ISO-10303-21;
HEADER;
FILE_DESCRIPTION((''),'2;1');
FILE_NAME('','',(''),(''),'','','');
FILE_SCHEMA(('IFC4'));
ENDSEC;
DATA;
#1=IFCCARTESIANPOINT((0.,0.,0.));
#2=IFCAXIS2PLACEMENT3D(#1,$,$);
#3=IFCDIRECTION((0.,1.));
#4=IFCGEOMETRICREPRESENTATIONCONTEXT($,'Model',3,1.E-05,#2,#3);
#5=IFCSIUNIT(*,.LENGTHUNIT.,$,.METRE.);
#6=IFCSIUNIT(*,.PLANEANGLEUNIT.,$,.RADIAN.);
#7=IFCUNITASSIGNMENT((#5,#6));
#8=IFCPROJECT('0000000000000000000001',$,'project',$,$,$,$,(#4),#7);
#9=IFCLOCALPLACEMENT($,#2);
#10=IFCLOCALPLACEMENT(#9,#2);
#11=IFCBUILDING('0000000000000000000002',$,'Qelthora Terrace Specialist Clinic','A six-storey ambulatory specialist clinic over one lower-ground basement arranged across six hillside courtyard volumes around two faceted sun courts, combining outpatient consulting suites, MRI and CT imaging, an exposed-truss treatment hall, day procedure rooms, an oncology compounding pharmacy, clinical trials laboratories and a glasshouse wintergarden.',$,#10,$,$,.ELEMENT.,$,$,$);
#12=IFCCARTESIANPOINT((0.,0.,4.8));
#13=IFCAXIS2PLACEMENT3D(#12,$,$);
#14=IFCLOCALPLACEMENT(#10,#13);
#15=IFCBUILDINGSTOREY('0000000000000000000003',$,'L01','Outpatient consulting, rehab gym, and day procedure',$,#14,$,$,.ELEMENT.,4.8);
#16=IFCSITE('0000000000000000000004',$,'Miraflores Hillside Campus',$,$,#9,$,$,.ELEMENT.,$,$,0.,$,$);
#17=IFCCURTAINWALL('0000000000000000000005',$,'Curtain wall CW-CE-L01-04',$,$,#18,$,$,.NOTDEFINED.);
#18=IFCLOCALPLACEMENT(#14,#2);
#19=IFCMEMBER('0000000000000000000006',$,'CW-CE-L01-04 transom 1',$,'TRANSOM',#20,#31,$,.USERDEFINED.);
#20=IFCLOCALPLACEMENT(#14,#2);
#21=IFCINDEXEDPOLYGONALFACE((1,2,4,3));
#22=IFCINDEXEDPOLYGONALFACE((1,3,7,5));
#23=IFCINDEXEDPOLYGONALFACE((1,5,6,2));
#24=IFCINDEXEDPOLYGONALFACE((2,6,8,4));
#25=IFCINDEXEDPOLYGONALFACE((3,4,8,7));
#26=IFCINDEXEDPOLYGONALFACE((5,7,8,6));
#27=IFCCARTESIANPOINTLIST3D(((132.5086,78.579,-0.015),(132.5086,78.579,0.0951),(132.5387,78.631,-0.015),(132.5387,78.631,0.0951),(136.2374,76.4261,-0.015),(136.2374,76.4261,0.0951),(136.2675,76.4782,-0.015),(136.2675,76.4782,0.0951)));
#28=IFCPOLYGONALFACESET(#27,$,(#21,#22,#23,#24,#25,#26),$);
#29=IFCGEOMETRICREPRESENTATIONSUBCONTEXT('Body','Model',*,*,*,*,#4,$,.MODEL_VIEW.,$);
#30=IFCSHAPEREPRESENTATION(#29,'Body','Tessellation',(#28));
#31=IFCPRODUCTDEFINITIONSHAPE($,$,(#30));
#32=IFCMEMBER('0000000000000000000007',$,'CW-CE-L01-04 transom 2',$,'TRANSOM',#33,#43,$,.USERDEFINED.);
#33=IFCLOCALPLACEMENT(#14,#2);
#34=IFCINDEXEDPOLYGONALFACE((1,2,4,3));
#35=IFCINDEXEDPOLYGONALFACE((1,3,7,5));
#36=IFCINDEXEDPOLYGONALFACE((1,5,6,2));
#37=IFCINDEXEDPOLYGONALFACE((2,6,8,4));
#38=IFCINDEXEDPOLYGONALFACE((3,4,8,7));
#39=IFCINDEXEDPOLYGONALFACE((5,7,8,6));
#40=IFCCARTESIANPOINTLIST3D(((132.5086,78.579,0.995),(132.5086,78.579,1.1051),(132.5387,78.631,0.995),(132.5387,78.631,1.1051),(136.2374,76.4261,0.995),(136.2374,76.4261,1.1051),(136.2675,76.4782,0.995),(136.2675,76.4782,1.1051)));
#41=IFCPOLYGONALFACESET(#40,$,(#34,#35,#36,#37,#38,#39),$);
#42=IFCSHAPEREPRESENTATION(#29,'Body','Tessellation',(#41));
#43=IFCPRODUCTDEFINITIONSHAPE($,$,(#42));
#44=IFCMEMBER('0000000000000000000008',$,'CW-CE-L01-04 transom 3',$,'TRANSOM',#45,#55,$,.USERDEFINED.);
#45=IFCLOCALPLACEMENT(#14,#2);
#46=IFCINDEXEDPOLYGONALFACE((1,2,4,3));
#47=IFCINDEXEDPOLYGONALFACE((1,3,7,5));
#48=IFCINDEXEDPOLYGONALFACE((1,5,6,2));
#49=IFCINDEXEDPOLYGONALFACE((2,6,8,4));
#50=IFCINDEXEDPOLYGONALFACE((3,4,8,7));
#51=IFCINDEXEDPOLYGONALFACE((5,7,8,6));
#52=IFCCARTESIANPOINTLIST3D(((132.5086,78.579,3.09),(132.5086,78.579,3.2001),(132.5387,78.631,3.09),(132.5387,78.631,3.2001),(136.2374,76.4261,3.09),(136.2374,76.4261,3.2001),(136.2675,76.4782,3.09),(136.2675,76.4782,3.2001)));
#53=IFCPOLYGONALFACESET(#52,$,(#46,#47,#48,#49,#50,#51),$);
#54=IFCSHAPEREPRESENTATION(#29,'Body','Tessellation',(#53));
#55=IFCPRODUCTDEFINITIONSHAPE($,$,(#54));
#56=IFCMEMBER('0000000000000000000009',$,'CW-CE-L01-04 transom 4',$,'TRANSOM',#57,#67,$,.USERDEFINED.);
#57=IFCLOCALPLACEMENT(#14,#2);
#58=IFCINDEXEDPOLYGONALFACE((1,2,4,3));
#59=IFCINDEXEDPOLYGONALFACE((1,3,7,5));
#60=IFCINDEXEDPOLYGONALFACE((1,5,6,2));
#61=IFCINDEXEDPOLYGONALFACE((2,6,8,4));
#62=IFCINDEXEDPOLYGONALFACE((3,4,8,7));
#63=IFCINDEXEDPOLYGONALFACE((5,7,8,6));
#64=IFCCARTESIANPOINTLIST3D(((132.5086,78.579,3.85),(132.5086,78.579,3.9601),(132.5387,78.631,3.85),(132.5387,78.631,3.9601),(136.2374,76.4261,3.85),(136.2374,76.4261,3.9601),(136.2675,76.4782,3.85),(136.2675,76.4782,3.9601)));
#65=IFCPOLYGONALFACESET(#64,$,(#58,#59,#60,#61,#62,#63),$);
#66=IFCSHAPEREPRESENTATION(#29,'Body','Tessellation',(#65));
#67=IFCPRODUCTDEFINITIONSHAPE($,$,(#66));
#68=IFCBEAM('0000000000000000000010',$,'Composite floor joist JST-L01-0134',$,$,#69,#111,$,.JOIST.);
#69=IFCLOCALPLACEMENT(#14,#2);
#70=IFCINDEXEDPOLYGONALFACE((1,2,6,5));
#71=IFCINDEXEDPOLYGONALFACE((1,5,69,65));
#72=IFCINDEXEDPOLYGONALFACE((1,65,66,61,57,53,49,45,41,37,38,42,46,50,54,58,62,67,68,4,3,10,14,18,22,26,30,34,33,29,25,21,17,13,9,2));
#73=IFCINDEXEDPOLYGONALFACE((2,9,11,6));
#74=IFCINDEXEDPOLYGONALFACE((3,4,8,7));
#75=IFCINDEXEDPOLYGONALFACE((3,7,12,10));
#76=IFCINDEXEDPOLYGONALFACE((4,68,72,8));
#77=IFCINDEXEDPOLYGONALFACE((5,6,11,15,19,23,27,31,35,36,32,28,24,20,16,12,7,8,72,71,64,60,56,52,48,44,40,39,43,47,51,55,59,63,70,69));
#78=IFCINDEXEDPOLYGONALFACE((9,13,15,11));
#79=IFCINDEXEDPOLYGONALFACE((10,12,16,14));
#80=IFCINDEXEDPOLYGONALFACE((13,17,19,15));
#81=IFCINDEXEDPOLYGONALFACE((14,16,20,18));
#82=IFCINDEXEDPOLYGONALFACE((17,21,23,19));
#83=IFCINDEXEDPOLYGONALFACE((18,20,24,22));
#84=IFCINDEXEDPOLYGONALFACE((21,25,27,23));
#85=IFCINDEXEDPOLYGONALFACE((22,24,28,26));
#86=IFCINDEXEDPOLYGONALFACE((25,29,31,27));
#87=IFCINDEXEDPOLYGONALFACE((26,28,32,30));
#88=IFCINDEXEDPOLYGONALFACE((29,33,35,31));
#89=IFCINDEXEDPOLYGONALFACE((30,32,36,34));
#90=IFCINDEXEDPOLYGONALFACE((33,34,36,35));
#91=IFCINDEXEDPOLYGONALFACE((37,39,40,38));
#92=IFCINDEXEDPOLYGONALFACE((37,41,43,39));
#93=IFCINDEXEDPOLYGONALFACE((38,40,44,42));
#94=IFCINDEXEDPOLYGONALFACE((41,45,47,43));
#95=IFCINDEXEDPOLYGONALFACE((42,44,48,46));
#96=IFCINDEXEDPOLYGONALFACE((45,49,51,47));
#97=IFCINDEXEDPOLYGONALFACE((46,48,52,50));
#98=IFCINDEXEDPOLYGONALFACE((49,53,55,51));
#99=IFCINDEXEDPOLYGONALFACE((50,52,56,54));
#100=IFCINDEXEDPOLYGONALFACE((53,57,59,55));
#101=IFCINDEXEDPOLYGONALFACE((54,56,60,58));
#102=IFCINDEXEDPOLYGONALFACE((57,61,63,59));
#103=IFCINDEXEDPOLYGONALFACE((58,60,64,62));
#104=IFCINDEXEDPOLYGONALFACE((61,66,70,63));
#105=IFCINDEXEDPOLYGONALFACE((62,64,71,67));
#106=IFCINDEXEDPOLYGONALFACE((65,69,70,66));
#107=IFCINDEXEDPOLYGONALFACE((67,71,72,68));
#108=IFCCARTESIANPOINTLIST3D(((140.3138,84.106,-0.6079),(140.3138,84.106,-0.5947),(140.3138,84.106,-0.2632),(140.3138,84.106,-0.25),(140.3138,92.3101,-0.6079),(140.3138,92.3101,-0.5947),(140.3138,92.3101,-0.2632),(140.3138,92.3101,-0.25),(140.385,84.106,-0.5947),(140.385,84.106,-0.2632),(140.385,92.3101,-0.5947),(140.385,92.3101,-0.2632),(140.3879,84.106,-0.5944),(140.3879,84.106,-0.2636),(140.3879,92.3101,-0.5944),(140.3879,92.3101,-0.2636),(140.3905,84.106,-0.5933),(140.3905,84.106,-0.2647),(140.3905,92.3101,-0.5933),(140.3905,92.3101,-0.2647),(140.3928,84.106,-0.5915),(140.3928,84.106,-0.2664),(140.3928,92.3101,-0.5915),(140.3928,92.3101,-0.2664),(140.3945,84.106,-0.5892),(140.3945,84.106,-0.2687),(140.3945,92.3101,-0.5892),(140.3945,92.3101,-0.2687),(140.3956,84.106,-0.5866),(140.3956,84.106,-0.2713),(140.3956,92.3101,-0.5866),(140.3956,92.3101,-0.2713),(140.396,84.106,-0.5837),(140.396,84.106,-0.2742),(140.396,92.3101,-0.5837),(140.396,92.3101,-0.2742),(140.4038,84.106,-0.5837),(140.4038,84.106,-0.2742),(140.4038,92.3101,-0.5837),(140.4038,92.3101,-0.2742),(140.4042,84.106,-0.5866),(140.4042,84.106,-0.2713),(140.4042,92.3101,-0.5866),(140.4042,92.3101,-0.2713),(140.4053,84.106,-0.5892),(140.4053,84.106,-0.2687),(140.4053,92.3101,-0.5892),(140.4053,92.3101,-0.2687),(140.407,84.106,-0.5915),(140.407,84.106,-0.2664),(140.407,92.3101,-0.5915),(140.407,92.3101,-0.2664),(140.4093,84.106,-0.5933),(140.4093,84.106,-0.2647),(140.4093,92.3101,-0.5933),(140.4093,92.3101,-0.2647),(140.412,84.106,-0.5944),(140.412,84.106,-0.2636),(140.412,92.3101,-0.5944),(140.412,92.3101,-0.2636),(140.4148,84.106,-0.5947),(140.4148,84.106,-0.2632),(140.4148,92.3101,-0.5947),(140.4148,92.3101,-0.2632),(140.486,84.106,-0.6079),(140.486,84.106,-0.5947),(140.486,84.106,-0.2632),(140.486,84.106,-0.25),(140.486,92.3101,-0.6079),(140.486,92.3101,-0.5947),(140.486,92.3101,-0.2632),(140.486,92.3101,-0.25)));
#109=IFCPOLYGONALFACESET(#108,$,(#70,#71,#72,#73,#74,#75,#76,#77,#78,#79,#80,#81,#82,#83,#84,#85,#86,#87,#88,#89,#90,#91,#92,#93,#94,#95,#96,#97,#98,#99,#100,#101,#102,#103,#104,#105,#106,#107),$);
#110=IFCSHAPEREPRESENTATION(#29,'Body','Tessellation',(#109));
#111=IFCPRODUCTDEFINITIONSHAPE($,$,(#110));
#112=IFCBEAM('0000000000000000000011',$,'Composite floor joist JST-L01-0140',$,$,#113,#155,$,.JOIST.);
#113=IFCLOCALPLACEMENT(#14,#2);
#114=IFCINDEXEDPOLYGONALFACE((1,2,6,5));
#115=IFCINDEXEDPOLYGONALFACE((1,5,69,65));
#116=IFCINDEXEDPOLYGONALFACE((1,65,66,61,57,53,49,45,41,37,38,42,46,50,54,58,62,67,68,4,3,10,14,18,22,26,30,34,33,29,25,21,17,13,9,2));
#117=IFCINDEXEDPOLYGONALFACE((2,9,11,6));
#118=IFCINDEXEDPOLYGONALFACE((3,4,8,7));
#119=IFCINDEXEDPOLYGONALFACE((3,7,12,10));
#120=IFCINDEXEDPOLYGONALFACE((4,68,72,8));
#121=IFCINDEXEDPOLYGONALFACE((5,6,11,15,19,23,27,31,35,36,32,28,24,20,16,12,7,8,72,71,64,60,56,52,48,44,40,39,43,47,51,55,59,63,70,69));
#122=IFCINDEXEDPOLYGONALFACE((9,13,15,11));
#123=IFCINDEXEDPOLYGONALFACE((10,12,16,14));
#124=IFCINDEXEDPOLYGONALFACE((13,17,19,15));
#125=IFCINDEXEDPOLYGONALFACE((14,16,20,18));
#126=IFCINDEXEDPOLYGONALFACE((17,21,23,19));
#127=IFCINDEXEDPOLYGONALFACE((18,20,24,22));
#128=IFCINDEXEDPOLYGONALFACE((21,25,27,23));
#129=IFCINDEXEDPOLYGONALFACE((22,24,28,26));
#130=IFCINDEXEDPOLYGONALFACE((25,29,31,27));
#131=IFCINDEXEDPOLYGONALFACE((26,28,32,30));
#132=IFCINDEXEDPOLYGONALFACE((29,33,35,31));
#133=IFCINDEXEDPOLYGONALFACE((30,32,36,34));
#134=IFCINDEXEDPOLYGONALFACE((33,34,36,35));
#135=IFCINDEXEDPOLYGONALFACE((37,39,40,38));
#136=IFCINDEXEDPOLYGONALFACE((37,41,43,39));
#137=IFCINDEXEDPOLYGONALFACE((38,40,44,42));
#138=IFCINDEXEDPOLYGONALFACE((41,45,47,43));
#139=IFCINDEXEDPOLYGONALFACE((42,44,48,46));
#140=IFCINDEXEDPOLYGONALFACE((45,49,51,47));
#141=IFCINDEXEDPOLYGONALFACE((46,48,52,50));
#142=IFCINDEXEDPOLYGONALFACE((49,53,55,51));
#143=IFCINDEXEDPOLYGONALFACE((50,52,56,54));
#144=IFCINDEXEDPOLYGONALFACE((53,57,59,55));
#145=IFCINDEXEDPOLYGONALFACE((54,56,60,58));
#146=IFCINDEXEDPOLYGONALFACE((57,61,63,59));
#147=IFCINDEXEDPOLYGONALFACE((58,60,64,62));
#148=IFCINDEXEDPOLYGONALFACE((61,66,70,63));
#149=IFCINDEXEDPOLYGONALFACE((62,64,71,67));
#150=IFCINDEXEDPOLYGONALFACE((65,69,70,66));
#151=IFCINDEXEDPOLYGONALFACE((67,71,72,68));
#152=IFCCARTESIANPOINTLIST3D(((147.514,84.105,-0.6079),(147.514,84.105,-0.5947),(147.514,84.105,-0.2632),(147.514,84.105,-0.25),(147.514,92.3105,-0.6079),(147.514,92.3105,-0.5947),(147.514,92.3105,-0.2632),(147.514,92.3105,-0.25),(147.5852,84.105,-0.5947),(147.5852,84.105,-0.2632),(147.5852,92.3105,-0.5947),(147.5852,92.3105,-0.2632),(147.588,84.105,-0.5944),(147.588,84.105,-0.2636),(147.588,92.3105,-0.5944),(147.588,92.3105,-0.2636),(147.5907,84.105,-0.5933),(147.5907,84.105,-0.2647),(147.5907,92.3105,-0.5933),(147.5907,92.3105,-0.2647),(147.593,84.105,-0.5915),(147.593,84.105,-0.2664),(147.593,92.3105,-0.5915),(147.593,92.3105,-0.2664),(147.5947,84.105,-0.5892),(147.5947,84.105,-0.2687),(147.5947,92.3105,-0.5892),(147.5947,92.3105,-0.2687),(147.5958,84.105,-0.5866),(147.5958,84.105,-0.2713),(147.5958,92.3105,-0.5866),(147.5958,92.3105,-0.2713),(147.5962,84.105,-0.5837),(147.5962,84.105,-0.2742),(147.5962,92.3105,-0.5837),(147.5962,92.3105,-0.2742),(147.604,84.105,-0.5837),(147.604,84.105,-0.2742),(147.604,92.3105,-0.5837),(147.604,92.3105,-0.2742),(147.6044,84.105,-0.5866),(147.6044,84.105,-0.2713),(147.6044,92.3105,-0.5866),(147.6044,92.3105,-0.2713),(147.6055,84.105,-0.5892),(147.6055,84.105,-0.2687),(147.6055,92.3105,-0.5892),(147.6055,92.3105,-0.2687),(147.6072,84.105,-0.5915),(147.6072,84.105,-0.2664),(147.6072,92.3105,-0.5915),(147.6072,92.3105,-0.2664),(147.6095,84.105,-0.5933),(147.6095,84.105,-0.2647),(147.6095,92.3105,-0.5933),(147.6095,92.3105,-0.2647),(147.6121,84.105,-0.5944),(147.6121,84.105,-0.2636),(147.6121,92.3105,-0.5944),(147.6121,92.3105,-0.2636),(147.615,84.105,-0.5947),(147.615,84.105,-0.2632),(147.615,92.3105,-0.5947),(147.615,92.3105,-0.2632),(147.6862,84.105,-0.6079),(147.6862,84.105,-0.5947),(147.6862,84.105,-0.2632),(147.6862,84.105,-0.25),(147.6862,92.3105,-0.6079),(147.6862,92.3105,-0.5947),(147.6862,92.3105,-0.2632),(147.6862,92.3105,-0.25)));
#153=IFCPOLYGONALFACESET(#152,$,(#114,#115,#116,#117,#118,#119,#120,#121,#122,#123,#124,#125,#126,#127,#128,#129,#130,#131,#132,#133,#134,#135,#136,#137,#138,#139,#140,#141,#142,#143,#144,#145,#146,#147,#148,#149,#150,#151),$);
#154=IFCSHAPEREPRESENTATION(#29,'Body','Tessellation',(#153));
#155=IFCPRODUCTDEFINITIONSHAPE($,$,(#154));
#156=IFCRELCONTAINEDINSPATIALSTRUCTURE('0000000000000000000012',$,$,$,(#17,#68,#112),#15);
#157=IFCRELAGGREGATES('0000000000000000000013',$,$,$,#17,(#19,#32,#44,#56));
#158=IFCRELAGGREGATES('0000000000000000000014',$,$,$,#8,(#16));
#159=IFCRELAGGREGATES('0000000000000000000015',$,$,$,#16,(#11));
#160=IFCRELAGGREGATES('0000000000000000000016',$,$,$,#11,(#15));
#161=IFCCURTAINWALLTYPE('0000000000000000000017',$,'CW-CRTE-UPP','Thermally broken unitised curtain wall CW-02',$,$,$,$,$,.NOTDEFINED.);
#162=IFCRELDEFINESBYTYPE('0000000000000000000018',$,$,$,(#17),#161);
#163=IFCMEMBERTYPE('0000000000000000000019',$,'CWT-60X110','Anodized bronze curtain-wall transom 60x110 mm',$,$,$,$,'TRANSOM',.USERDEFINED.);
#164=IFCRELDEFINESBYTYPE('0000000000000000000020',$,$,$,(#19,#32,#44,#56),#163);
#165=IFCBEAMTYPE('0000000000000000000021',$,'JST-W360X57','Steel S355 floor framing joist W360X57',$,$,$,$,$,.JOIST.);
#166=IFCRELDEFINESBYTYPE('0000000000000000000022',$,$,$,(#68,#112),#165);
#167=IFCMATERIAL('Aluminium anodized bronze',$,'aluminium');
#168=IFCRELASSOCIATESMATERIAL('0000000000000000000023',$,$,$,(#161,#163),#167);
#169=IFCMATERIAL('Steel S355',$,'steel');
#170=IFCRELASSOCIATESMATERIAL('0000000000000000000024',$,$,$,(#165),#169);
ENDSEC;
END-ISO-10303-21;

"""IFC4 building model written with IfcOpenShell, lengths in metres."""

from ifc_helpers import new_model, si_unit, direction, frame, origin, origin_2d, place, context, subcontext, project, spatial, rectangle, i_section, extrude, material, material_profile, profile_set, type_object, element, aggregate, save


model = new_model("IFC4")

# Units and contexts
model_context = context("Model", 3, precision=1e-05, world=origin(), true_north=direction((0.0, 1.0)))
body_context = subcontext(model_context, "Body", "Model", "MODEL_VIEW")
ifc_project = project(units=[si_unit("LENGTHUNIT", "METRE"), si_unit("PLANEANGLEUNIT", "RADIAN")], contexts=[model_context])

# Site, building, storey
site_placement = place(None, origin())
site = spatial("IfcSite", under=ifc_project, at=site_placement, Name="Miraflores Hillside Campus", CompositionType="ELEMENT", RefElevation=0.0)
building_placement = place(site_placement, origin())
building = spatial("IfcBuilding", under=site, at=building_placement, Name="Qelthora Terrace Specialist Clinic", Description="A six-storey ambulatory specialist clinic over one lower-ground basement arranged across six hillside courtyard volumes around two faceted sun courts, combining outpatient consulting suites, MRI and CT imaging, an exposed-truss treatment hall, day procedure rooms, an oncology compounding pharmacy, clinical trials laboratories and a glasshouse wintergarden.", CompositionType="ELEMENT")
storey_placement = place(building_placement, frame((0.0, 0.0, 4.8)))
storey = spatial("IfcBuildingStorey", under=building, at=storey_placement, Name="L01", Description="Outpatient consulting, rehab gym, and day procedure", CompositionType="ELEMENT", Elevation=4.8)

# Shared definitions
ifc_material_1 = material(Name="Steel S355", Category="steel")

# Curtain wall, members
ifc_material_2 = material(Name="Aluminium anodized bronze", Category="aluminium")
curtain_wall_type = type_object("IfcCurtainWallType", Name="CW-CRTE-UPP", Description="Thermally broken unitised curtain wall CW-02", PredefinedType="NOTDEFINED", material=ifc_material_2)
curtain_wall_1_placement = place(storey_placement, origin())
curtain_wall_1 = element("IfcCurtainWall", 1, at=curtain_wall_1_placement, inside=storey, type_object=curtain_wall_type, Name="Curtain wall CW-CE-L01-04", PredefinedType="NOTDEFINED")
ifc_material_profile_1 = material_profile(ifc_material_2, rectangle(XDim=0.0601, YDim=0.1101, at=origin_2d()), Name="CWT60X110")
ifc_profile_set_1 = profile_set([ifc_material_profile_1], Name="Aluminium anodized bronze")
member_type_1 = type_object("IfcMemberType", Name="CWT-60X110", Description="Anodized bronze curtain-wall transom 60x110 mm", ElementType="TRANSOM", PredefinedType="USERDEFINED", material=ifc_profile_set_1)
member_1_placement = place(storey_placement, frame((136.2524, 76.4521, 0.04), z_axis=(-0.866022, 0.500006, 0.0), x_axis=(-0.500006, -0.866022, 0.0)))
member_1 = element("IfcMember", 2, at=member_1_placement, type_object=member_type_1, Name="CW-CE-L01-04 transom 1", ObjectType="TRANSOM", PredefinedType="USERDEFINED", context=body_context, shape_type="SweptSolid", body=[
    extrude(rectangle(XDim=0.0601, YDim=0.1101, at=origin_2d()), origin(), (0.0, 0.0, 1.0), 4.3057),
])
member_2_placement = place(storey_placement, frame((136.2524, 76.4521, 1.05), z_axis=(-0.866022, 0.500006, 0.0), x_axis=(-0.500006, -0.866022, 0.0)))
member_2 = element("IfcMember", 3, at=member_2_placement, type_object=member_type_1, Name="CW-CE-L01-04 transom 2", ObjectType="TRANSOM", PredefinedType="USERDEFINED", context=body_context, shape_type="SweptSolid", body=[
    extrude(rectangle(XDim=0.0601, YDim=0.1101, at=origin_2d()), origin(), (0.0, 0.0, 1.0), 4.3057),
])
member_3_placement = place(storey_placement, frame((136.2524, 76.4521, 3.145), z_axis=(-0.866022, 0.500006, 0.0), x_axis=(-0.500006, -0.866022, 0.0)))
member_3 = element("IfcMember", 4, at=member_3_placement, type_object=member_type_1, Name="CW-CE-L01-04 transom 3", ObjectType="TRANSOM", PredefinedType="USERDEFINED", context=body_context, shape_type="SweptSolid", body=[
    extrude(rectangle(XDim=0.0601, YDim=0.1101, at=origin_2d()), origin(), (0.0, 0.0, 1.0), 4.3057),
])
member_4_placement = place(storey_placement, frame((136.2524, 76.4521, 3.905), z_axis=(-0.866022, 0.500006, 0.0), x_axis=(-0.500006, -0.866022, 0.0)))
member_4 = element("IfcMember", 5, at=member_4_placement, type_object=member_type_1, Name="CW-CE-L01-04 transom 4", ObjectType="TRANSOM", PredefinedType="USERDEFINED", context=body_context, shape_type="SweptSolid", body=[
    extrude(rectangle(XDim=0.0601, YDim=0.1101, at=origin_2d()), origin(), (0.0, 0.0, 1.0), 4.3057),
])
aggregate(curtain_wall_1, [member_1, member_2, member_3, member_4])

# Beams
ifc_material_profile_2 = material_profile(ifc_material_1, i_section(OverallWidth=0.1721, OverallDepth=0.3579, WebThickness=0.0078, FlangeThickness=0.0132, FilletRadius=0.011, at=origin_2d()), Name="W360X57")
ifc_profile_set_2 = profile_set([ifc_material_profile_2], Name="Steel S355")
beam_type_1 = type_object("IfcBeamType", Name="JST-W360X57", Description="Steel S355 floor framing joist W360X57", PredefinedType="JOIST", material=ifc_profile_set_2)
beam_1_placement = place(storey_placement, frame((140.3999, 84.106, -0.429), z_axis=(0.0, 1.0, 0.0), x_axis=(-1.0, 0.0, 0.0)))
element("IfcBeam", 6, at=beam_1_placement, inside=storey, type_object=beam_type_1, Name="Composite floor joist JST-L01-0134", PredefinedType="JOIST", context=body_context, shape_type="SweptSolid", body=[
    extrude(i_section(OverallWidth=0.1721, OverallDepth=0.3579, WebThickness=0.0078, FlangeThickness=0.0132, FilletRadius=0.011, at=origin_2d()), origin(), (0.0, 0.0, 1.0), 8.2041),
])
beam_2_placement = place(storey_placement, frame((147.6001, 84.105, -0.429), z_axis=(0.0, 1.0, 0.0), x_axis=(-1.0, 0.0, 0.0)))
element("IfcBeam", 7, at=beam_2_placement, inside=storey, type_object=beam_type_1, Name="Composite floor joist JST-L01-0140", PredefinedType="JOIST", context=body_context, shape_type="SweptSolid", body=[
    extrude(i_section(OverallWidth=0.1721, OverallDepth=0.3579, WebThickness=0.0078, FlangeThickness=0.0132, FilletRadius=0.011, at=origin_2d()), origin(), (0.0, 0.0, 1.0), 8.2056),
])

save(model, "model.ifc")
